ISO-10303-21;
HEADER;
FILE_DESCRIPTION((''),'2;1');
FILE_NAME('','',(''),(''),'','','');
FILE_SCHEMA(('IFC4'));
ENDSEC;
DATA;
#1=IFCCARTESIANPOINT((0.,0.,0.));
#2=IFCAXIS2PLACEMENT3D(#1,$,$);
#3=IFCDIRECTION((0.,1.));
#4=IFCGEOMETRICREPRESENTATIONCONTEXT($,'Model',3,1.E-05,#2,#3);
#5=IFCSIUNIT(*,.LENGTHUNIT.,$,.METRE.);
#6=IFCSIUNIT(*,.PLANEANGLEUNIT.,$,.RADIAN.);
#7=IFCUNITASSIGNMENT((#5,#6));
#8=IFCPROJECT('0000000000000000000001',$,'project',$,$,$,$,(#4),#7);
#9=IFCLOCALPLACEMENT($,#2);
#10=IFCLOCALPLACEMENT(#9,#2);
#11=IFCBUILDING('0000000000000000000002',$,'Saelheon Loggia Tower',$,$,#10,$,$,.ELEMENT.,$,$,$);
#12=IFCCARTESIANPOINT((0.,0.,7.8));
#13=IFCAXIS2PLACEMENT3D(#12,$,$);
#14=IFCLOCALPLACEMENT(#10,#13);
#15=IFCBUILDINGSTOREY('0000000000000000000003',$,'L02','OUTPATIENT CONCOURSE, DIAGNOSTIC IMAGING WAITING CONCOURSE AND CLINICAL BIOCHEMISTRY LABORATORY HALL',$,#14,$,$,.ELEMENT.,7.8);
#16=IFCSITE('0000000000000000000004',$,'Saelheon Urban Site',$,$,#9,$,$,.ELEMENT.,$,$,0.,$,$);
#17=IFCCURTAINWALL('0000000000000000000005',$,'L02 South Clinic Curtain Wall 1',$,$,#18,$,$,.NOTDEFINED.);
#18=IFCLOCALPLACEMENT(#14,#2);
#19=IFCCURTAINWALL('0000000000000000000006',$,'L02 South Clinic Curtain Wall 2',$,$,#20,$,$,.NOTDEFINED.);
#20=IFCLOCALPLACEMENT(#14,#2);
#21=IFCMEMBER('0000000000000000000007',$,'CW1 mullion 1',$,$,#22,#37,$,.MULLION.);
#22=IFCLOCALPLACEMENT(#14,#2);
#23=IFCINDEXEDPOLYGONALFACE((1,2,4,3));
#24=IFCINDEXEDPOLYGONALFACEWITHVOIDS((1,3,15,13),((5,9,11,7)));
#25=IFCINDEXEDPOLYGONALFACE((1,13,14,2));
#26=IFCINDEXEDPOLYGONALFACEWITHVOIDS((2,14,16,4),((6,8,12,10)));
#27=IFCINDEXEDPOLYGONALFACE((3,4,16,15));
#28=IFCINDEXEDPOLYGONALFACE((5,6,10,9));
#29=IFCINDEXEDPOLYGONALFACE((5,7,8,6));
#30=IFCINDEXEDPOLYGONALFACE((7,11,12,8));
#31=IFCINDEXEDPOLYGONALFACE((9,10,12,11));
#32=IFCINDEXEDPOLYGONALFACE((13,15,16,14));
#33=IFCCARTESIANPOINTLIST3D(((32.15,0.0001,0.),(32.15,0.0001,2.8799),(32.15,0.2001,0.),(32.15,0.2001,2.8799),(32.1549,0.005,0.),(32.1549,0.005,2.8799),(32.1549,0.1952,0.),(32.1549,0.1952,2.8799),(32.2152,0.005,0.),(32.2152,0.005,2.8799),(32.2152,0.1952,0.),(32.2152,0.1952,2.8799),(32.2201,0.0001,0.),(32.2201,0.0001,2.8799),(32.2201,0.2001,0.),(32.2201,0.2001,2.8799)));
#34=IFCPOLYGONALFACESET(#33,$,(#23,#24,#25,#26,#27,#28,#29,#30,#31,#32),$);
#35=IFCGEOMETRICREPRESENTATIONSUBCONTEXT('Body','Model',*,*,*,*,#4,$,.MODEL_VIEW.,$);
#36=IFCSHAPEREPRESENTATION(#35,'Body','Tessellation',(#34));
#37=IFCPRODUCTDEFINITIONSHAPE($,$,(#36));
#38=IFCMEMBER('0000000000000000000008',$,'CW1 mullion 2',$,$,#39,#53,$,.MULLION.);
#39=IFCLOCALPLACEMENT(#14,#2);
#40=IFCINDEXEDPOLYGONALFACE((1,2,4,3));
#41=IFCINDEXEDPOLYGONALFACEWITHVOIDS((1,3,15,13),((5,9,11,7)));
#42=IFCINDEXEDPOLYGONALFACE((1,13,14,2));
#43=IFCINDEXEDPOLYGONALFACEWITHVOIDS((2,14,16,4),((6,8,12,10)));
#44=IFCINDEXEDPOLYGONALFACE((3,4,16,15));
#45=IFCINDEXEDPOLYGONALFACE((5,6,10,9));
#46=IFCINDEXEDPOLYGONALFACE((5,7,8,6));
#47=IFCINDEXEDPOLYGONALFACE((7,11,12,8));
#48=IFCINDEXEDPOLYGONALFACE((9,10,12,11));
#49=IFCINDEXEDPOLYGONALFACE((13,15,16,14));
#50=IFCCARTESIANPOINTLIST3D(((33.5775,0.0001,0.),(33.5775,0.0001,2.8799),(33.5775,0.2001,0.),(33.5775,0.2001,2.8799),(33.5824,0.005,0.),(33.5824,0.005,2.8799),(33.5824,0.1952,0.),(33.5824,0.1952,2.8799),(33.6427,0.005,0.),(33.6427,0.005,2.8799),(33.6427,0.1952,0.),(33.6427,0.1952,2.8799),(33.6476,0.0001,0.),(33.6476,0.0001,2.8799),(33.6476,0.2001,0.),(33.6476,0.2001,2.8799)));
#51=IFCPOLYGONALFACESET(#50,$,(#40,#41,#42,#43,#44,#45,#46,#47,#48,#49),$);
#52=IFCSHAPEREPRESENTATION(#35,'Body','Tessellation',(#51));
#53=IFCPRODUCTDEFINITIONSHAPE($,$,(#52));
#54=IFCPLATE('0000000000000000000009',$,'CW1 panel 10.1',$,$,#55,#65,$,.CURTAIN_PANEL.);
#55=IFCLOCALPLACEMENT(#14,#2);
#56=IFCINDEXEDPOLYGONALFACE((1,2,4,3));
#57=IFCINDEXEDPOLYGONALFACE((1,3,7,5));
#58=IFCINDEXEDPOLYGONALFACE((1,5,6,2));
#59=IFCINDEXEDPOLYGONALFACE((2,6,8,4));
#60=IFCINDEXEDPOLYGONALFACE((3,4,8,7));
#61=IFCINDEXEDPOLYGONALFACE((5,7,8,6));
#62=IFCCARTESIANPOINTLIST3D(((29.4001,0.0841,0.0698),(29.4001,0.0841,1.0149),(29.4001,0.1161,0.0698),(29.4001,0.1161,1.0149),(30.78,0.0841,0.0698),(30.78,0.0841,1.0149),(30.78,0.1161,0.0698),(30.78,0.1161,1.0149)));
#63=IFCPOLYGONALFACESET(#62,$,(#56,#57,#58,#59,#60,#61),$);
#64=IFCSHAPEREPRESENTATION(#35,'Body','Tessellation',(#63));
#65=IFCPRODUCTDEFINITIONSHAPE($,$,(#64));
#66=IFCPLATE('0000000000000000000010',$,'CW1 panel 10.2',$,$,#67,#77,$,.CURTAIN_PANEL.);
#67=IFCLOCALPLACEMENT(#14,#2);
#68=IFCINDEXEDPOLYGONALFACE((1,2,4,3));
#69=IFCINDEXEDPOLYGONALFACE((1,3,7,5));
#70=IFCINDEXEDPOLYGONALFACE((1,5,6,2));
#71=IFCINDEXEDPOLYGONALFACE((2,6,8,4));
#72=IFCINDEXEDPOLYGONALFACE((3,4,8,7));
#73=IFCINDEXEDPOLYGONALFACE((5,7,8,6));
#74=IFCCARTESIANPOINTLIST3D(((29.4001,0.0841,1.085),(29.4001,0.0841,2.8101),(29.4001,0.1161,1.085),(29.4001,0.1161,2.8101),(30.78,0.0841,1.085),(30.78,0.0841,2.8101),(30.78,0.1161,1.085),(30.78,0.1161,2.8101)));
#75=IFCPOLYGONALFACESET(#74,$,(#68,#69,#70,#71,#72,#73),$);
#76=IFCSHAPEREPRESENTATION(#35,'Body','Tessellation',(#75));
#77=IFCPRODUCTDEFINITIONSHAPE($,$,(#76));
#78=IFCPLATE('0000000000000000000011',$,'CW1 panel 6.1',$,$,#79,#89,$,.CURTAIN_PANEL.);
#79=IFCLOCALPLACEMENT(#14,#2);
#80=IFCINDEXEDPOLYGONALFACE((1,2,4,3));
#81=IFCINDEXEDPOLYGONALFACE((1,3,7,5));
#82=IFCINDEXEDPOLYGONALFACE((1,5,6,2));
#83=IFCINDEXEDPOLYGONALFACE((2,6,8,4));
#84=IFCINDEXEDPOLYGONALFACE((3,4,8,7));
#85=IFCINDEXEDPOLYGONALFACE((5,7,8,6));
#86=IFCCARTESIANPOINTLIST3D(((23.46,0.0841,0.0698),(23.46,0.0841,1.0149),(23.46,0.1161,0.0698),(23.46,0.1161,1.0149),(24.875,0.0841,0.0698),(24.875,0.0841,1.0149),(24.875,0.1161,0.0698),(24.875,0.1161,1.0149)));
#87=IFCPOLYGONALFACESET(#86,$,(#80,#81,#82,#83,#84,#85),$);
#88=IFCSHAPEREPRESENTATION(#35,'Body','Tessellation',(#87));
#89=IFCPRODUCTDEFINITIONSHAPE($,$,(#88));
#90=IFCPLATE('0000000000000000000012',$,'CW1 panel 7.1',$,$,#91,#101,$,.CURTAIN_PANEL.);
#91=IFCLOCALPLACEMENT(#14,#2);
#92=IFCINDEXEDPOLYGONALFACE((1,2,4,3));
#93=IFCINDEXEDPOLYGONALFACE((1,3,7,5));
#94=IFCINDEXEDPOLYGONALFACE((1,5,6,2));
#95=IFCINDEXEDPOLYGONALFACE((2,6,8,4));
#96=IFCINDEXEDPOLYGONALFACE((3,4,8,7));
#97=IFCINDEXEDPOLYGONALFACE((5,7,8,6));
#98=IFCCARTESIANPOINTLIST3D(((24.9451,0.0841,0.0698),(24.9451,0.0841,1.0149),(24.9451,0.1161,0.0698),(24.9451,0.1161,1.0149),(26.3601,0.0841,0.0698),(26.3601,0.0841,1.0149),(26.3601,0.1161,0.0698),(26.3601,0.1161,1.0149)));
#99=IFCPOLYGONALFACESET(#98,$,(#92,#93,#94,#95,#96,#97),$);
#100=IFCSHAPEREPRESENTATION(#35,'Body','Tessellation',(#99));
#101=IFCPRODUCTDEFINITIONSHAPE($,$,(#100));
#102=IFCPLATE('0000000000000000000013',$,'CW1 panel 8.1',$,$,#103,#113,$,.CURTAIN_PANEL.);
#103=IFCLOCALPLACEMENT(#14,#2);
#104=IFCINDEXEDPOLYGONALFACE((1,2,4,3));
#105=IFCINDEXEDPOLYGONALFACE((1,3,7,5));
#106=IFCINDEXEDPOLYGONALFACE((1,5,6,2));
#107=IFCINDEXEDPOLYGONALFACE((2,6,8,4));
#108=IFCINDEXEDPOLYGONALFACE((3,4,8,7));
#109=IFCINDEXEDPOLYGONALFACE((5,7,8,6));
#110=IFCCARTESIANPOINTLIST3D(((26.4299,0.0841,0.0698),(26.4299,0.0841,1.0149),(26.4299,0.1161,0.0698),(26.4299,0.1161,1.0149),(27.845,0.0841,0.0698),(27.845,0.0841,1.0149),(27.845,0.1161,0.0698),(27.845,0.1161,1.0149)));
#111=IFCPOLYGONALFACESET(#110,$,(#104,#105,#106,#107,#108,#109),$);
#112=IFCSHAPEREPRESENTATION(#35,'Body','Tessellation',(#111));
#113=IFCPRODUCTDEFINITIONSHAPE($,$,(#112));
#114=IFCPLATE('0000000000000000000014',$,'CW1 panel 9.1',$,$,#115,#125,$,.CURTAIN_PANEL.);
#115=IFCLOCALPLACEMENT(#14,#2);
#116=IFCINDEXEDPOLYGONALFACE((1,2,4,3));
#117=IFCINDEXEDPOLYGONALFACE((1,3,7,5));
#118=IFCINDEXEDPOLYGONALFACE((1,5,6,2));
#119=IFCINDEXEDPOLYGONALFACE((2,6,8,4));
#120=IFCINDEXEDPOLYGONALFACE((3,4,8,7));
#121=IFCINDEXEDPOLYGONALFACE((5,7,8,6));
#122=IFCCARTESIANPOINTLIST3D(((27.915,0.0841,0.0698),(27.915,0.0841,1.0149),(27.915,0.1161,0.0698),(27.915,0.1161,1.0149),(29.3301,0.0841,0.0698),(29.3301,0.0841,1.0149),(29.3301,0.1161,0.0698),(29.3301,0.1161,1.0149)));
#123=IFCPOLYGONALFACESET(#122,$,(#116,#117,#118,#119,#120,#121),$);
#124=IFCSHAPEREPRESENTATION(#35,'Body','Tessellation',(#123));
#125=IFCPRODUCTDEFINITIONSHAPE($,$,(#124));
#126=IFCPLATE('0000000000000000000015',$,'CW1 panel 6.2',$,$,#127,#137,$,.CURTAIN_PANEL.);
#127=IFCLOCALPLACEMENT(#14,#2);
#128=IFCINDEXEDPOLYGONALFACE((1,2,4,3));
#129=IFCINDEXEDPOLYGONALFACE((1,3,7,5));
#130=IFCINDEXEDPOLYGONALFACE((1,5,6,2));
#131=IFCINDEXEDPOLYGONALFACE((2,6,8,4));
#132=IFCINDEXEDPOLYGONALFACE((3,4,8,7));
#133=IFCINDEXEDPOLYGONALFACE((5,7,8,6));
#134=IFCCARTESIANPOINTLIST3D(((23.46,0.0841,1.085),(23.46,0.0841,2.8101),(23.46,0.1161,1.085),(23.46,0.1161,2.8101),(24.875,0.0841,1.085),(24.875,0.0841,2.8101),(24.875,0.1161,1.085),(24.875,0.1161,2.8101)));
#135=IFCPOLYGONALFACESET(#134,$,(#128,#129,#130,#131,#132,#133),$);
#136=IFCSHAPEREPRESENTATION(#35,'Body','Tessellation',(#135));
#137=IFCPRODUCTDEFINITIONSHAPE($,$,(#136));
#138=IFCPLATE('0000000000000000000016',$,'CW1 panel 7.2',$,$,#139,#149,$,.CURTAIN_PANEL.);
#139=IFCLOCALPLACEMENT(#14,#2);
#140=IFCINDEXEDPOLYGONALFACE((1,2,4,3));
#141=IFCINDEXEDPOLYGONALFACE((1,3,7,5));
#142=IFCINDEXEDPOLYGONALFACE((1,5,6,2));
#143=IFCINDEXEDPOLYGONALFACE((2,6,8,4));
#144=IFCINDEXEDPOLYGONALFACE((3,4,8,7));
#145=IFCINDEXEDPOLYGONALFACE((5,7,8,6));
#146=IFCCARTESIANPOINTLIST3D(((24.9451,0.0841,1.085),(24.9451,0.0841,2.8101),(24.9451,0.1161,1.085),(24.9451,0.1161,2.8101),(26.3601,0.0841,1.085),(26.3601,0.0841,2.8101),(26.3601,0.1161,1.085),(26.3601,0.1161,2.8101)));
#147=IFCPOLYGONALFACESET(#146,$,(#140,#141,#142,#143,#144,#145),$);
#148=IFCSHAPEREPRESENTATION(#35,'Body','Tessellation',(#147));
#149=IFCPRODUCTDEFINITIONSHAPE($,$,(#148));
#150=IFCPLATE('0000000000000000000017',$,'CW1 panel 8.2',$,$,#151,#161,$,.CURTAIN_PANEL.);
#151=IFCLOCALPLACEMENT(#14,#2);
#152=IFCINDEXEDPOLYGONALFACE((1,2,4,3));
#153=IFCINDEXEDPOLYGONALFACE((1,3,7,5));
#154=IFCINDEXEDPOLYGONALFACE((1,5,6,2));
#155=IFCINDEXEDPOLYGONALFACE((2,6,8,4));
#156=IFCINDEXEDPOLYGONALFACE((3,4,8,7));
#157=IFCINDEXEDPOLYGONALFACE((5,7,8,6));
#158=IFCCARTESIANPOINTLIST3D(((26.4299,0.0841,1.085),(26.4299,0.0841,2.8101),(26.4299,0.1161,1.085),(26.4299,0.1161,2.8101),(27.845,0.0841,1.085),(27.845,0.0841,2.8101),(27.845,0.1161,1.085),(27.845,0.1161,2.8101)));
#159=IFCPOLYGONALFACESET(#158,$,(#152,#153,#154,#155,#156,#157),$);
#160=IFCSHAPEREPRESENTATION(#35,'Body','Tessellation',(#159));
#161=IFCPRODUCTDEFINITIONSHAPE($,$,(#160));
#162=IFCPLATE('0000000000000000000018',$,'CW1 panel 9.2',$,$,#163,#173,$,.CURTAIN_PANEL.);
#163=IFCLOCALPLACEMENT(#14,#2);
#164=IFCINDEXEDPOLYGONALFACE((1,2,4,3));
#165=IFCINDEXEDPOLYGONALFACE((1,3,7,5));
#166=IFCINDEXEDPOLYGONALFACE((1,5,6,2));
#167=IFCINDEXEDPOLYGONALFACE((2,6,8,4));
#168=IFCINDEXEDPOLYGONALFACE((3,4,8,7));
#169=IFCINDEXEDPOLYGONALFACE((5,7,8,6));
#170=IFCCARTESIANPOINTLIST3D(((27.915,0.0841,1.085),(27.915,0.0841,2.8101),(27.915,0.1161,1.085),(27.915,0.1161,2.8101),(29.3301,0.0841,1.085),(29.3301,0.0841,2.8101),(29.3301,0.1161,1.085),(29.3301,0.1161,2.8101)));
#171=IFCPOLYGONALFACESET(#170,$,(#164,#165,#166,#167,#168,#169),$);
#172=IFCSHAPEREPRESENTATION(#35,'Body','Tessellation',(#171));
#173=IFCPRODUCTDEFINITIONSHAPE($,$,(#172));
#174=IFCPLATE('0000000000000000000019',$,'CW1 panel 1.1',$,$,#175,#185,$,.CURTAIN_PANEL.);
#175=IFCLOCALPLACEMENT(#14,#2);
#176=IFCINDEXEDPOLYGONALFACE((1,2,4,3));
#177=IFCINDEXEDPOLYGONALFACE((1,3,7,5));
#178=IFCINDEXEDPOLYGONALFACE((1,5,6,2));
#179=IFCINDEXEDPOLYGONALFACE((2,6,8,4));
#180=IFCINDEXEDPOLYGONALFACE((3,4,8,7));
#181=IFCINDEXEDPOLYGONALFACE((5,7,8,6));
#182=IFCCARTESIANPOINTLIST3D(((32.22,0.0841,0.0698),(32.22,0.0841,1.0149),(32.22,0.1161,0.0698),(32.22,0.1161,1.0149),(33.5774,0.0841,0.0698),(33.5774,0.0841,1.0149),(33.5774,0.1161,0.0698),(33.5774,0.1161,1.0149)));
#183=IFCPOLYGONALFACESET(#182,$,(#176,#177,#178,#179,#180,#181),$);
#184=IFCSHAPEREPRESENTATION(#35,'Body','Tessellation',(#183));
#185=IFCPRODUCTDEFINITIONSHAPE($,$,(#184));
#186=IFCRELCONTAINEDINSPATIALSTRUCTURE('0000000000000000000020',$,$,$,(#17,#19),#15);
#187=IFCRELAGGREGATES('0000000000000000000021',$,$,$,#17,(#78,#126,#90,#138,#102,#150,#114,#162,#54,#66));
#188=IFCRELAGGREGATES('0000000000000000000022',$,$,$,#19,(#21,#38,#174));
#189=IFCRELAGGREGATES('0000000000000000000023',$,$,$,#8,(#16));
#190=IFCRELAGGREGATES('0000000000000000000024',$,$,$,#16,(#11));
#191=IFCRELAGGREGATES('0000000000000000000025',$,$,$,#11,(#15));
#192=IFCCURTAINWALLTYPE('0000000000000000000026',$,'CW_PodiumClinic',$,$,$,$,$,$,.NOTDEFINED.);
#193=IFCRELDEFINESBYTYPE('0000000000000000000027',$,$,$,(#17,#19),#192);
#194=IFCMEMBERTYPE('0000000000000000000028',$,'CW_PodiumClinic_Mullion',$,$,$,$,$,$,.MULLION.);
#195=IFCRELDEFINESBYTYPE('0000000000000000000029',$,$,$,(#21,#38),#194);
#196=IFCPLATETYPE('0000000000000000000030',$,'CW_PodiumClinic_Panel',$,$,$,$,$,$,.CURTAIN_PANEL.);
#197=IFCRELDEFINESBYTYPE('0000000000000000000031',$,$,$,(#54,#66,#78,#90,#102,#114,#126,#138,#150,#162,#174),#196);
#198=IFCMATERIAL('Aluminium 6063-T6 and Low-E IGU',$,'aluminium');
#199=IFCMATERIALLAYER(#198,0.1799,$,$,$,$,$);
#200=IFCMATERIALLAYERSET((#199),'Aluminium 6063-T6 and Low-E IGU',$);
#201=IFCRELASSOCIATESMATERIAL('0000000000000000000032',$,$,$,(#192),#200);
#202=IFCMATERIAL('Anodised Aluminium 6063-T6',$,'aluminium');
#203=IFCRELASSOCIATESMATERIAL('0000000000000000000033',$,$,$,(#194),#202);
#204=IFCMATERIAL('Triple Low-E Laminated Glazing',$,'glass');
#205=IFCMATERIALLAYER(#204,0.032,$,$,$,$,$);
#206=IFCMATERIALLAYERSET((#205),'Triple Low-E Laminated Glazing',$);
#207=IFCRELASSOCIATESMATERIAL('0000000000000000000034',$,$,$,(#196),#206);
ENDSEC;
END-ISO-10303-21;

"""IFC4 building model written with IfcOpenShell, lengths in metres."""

from ifc_helpers import new_model, si_unit, direction, frame, origin, origin_2d, place, context, subcontext, project, spatial, rectangle, hollow_rectangle, extrude, source, transform, mapped, material, layer, layer_set, material_profile, profile_set, type_object, element, aggregate, save


model = new_model("IFC4")

# Units and contexts
model_context = context("Model", 3, precision=1e-05, world=origin(), true_north=direction((0.0, 1.0)))
body_context = subcontext(model_context, "Body", "Model", "MODEL_VIEW")
ifc_project = project(units=[si_unit("LENGTHUNIT", "METRE"), si_unit("PLANEANGLEUNIT", "RADIAN")], contexts=[model_context])

# Site, building, storey
site_placement = place(None, origin())
site = spatial("IfcSite", under=ifc_project, at=site_placement, Name="Saelheon Urban Site", CompositionType="ELEMENT", RefElevation=0.0)
building_placement = place(site_placement, origin())
building = spatial("IfcBuilding", under=site, at=building_placement, Name="Saelheon Loggia Tower", CompositionType="ELEMENT")
storey_placement = place(building_placement, frame((0.0, 0.0, 7.8)))
storey = spatial("IfcBuildingStorey", under=building, at=storey_placement, Name="L02", Description="OUTPATIENT CONCOURSE, DIAGNOSTIC IMAGING WAITING CONCOURSE AND CLINICAL BIOCHEMISTRY LABORATORY HALL", CompositionType="ELEMENT", Elevation=7.8)

# Curtain walls
ifc_material_1 = material(Name="Aluminium 6063-T6 and Low-E IGU", Category="aluminium")
ifc_layer_1 = layer(ifc_material_1, 0.1799)
ifc_layer_set_1 = layer_set([ifc_layer_1], Name="Aluminium 6063-T6 and Low-E IGU")
curtain_wall_type = type_object("IfcCurtainWallType", Name="CW_PodiumClinic", PredefinedType="NOTDEFINED", material=ifc_layer_set_1)
curtain_wall_1_placement = place(storey_placement, origin())
curtain_wall_1 = element("IfcCurtainWall", 1, at=curtain_wall_1_placement, inside=storey, type_object=curtain_wall_type, Name="L02 South Clinic Curtain Wall 1", PredefinedType="NOTDEFINED")
ifc_material_2 = material(Name="Anodised Aluminium 6063-T6", Category="aluminium")
curtain_wall_2_placement = place(storey_placement, origin())
curtain_wall_2 = element("IfcCurtainWall", 2, at=curtain_wall_2_placement, inside=storey, type_object=curtain_wall_type, Name="L02 South Clinic Curtain Wall 2", PredefinedType="NOTDEFINED")

# Members
ifc_material_profile_1 = material_profile(ifc_material_2, hollow_rectangle(XDim=0.0701, YDim=0.2, WallThickness=0.0049, at=origin_2d()), Name="RHS-200x70x5")
ifc_profile_set_1 = profile_set([ifc_material_profile_1], Name="Anodised Aluminium 6063-T6")
member_type_1 = type_object("IfcMemberType", Name="CW_PodiumClinic_Mullion", PredefinedType="MULLION", material=ifc_profile_set_1)
shared_shape_1 = source(origin(), body_context, "Body", "SweptSolid", [
    extrude(hollow_rectangle(XDim=0.0701, YDim=0.2, WallThickness=0.0049, at=origin_2d()), origin(), (0.0, 0.0, 1.0), 2.8799),
])
member_1_placement = place(storey_placement, frame((32.1851, 0.1001, 0.0), z_axis=(0.0, 0.0, 1.0), x_axis=(1.0, 0.0, 0.0)))
member_1 = element("IfcMember", 3, at=member_1_placement, type_object=member_type_1, Name="CW1 mullion 1", PredefinedType="MULLION", context=body_context, shape_type="MappedRepresentation", body=[
    mapped(shared_shape_1, transform((0.0, 0.0, 0.0), scale=1.0)),
])
member_2_placement = place(storey_placement, frame((33.6125, 0.1001, 0.0), z_axis=(0.0, 0.0, 1.0), x_axis=(1.0, 0.0, 0.0)))
member_2 = element("IfcMember", 4, at=member_2_placement, type_object=member_type_1, Name="CW1 mullion 2", PredefinedType="MULLION", context=body_context, shape_type="MappedRepresentation", body=[
    mapped(shared_shape_1, transform((0.0, 0.0, 0.0), scale=1.0)),
])

# Plates
ifc_material_3 = material(Name="Triple Low-E Laminated Glazing", Category="glass")
ifc_layer_2 = layer(ifc_material_3, 0.032)
ifc_layer_set_2 = layer_set([ifc_layer_2], Name="Triple Low-E Laminated Glazing")
plate_type = type_object("IfcPlateType", Name="CW_PodiumClinic_Panel", PredefinedType="CURTAIN_PANEL", material=ifc_layer_set_2)
shared_shape_2 = source(origin(), body_context, "Body", "SweptSolid", [
    extrude(rectangle(XDim=1.3799, YDim=0.032, at=origin_2d()), origin(), (0.0, 0.0, 1.0), 0.9451),
])
plate_1_placement = place(storey_placement, frame((30.0901, 0.1001, 0.0698), z_axis=(0.0, 0.0, 1.0), x_axis=(1.0, 0.0, 0.0)))
plate_1 = element("IfcPlate", 5, at=plate_1_placement, type_object=plate_type, Name="CW1 panel 10.1", PredefinedType="CURTAIN_PANEL", context=body_context, shape_type="MappedRepresentation", body=[
    mapped(shared_shape_2, transform((0.0, 0.0, 0.0), scale=1.0)),
])
shared_shape_3 = source(origin(), body_context, "Body", "SweptSolid", [
    extrude(rectangle(XDim=1.3799, YDim=0.032, at=origin_2d()), origin(), (0.0, 0.0, 1.0), 1.7251),
])
plate_2_placement = place(storey_placement, frame((30.0901, 0.1001, 1.085), z_axis=(0.0, 0.0, 1.0), x_axis=(1.0, 0.0, 0.0)))
plate_2 = element("IfcPlate", 6, at=plate_2_placement, type_object=plate_type, Name="CW1 panel 10.2", PredefinedType="CURTAIN_PANEL", context=body_context, shape_type="MappedRepresentation", body=[
    mapped(shared_shape_3, transform((0.0, 0.0, 0.0), scale=1.0)),
])
shared_shape_4 = source(origin(), body_context, "Body", "SweptSolid", [
    extrude(rectangle(XDim=1.415, YDim=0.032, at=origin_2d()), origin(), (0.0, 0.0, 1.0), 0.9451),
])
plate_3_placement = place(storey_placement, frame((24.1675, 0.1001, 0.0698), z_axis=(0.0, 0.0, 1.0), x_axis=(1.0, 0.0, 0.0)))
plate_3 = element("IfcPlate", 7, at=plate_3_placement, type_object=plate_type, Name="CW1 panel 6.1", PredefinedType="CURTAIN_PANEL", context=body_context, shape_type="MappedRepresentation", body=[
    mapped(shared_shape_4, transform((0.0, 0.0, 0.0), scale=1.0)),
])
plate_4_placement = place(storey_placement, frame((25.6526, 0.1001, 0.0698), z_axis=(0.0, 0.0, 1.0), x_axis=(1.0, 0.0, 0.0)))
plate_4 = element("IfcPlate", 8, at=plate_4_placement, type_object=plate_type, Name="CW1 panel 7.1", PredefinedType="CURTAIN_PANEL", context=body_context, shape_type="MappedRepresentation", body=[
    mapped(shared_shape_4, transform((0.0, 0.0, 0.0), scale=1.0)),
])
plate_5_placement = place(storey_placement, frame((27.1375, 0.1001, 0.0698), z_axis=(0.0, 0.0, 1.0), x_axis=(1.0, 0.0, 0.0)))
plate_5 = element("IfcPlate", 9, at=plate_5_placement, type_object=plate_type, Name="CW1 panel 8.1", PredefinedType="CURTAIN_PANEL", context=body_context, shape_type="MappedRepresentation", body=[
    mapped(shared_shape_4, transform((0.0, 0.0, 0.0), scale=1.0)),
])
plate_6_placement = place(storey_placement, frame((28.6226, 0.1001, 0.0698), z_axis=(0.0, 0.0, 1.0), x_axis=(1.0, 0.0, 0.0)))
plate_6 = element("IfcPlate", 10, at=plate_6_placement, type_object=plate_type, Name="CW1 panel 9.1", PredefinedType="CURTAIN_PANEL", context=body_context, shape_type="MappedRepresentation", body=[
    mapped(shared_shape_4, transform((0.0, 0.0, 0.0), scale=1.0)),
])
shared_shape_5 = source(origin(), body_context, "Body", "SweptSolid", [
    extrude(rectangle(XDim=1.415, YDim=0.032, at=origin_2d()), origin(), (0.0, 0.0, 1.0), 1.7251),
])
plate_7_placement = place(storey_placement, frame((24.1675, 0.1001, 1.085), z_axis=(0.0, 0.0, 1.0), x_axis=(1.0, 0.0, 0.0)))
plate_7 = element("IfcPlate", 11, at=plate_7_placement, type_object=plate_type, Name="CW1 panel 6.2", PredefinedType="CURTAIN_PANEL", context=body_context, shape_type="MappedRepresentation", body=[
    mapped(shared_shape_5, transform((0.0, 0.0, 0.0), scale=1.0)),
])
plate_8_placement = place(storey_placement, frame((25.6526, 0.1001, 1.085), z_axis=(0.0, 0.0, 1.0), x_axis=(1.0, 0.0, 0.0)))
plate_8 = element("IfcPlate", 12, at=plate_8_placement, type_object=plate_type, Name="CW1 panel 7.2", PredefinedType="CURTAIN_PANEL", context=body_context, shape_type="MappedRepresentation", body=[
    mapped(shared_shape_5, transform((0.0, 0.0, 0.0), scale=1.0)),
])
plate_9_placement = place(storey_placement, frame((27.1375, 0.1001, 1.085), z_axis=(0.0, 0.0, 1.0), x_axis=(1.0, 0.0, 0.0)))
plate_9 = element("IfcPlate", 13, at=plate_9_placement, type_object=plate_type, Name="CW1 panel 8.2", PredefinedType="CURTAIN_PANEL", context=body_context, shape_type="MappedRepresentation", body=[
    mapped(shared_shape_5, transform((0.0, 0.0, 0.0), scale=1.0)),
])
plate_10_placement = place(storey_placement, frame((28.6226, 0.1001, 1.085), z_axis=(0.0, 0.0, 1.0), x_axis=(1.0, 0.0, 0.0)))
plate_10 = element("IfcPlate", 14, at=plate_10_placement, type_object=plate_type, Name="CW1 panel 9.2", PredefinedType="CURTAIN_PANEL", context=body_context, shape_type="MappedRepresentation", body=[
    mapped(shared_shape_5, transform((0.0, 0.0, 0.0), scale=1.0)),
])
aggregate(curtain_wall_1, [plate_3, plate_7, plate_4, plate_8, plate_5, plate_9, plate_6, plate_10, plate_1, plate_2])
shared_shape_6 = source(origin(), body_context, "Body", "SweptSolid", [
    extrude(rectangle(XDim=1.3574, YDim=0.032, at=origin_2d()), origin(), (0.0, 0.0, 1.0), 0.9451),
])
plate_11_placement = place(storey_placement, frame((32.8987, 0.1001, 0.0698), z_axis=(0.0, 0.0, 1.0), x_axis=(1.0, 0.0, 0.0)))
plate_11 = element("IfcPlate", 15, at=plate_11_placement, type_object=plate_type, Name="CW1 panel 1.1", PredefinedType="CURTAIN_PANEL", context=body_context, shape_type="MappedRepresentation", body=[
    mapped(shared_shape_6, transform((0.0, 0.0, 0.0), scale=1.0)),
])
aggregate(curtain_wall_2, [member_1, member_2, plate_11])

save(model, "model.ifc")
